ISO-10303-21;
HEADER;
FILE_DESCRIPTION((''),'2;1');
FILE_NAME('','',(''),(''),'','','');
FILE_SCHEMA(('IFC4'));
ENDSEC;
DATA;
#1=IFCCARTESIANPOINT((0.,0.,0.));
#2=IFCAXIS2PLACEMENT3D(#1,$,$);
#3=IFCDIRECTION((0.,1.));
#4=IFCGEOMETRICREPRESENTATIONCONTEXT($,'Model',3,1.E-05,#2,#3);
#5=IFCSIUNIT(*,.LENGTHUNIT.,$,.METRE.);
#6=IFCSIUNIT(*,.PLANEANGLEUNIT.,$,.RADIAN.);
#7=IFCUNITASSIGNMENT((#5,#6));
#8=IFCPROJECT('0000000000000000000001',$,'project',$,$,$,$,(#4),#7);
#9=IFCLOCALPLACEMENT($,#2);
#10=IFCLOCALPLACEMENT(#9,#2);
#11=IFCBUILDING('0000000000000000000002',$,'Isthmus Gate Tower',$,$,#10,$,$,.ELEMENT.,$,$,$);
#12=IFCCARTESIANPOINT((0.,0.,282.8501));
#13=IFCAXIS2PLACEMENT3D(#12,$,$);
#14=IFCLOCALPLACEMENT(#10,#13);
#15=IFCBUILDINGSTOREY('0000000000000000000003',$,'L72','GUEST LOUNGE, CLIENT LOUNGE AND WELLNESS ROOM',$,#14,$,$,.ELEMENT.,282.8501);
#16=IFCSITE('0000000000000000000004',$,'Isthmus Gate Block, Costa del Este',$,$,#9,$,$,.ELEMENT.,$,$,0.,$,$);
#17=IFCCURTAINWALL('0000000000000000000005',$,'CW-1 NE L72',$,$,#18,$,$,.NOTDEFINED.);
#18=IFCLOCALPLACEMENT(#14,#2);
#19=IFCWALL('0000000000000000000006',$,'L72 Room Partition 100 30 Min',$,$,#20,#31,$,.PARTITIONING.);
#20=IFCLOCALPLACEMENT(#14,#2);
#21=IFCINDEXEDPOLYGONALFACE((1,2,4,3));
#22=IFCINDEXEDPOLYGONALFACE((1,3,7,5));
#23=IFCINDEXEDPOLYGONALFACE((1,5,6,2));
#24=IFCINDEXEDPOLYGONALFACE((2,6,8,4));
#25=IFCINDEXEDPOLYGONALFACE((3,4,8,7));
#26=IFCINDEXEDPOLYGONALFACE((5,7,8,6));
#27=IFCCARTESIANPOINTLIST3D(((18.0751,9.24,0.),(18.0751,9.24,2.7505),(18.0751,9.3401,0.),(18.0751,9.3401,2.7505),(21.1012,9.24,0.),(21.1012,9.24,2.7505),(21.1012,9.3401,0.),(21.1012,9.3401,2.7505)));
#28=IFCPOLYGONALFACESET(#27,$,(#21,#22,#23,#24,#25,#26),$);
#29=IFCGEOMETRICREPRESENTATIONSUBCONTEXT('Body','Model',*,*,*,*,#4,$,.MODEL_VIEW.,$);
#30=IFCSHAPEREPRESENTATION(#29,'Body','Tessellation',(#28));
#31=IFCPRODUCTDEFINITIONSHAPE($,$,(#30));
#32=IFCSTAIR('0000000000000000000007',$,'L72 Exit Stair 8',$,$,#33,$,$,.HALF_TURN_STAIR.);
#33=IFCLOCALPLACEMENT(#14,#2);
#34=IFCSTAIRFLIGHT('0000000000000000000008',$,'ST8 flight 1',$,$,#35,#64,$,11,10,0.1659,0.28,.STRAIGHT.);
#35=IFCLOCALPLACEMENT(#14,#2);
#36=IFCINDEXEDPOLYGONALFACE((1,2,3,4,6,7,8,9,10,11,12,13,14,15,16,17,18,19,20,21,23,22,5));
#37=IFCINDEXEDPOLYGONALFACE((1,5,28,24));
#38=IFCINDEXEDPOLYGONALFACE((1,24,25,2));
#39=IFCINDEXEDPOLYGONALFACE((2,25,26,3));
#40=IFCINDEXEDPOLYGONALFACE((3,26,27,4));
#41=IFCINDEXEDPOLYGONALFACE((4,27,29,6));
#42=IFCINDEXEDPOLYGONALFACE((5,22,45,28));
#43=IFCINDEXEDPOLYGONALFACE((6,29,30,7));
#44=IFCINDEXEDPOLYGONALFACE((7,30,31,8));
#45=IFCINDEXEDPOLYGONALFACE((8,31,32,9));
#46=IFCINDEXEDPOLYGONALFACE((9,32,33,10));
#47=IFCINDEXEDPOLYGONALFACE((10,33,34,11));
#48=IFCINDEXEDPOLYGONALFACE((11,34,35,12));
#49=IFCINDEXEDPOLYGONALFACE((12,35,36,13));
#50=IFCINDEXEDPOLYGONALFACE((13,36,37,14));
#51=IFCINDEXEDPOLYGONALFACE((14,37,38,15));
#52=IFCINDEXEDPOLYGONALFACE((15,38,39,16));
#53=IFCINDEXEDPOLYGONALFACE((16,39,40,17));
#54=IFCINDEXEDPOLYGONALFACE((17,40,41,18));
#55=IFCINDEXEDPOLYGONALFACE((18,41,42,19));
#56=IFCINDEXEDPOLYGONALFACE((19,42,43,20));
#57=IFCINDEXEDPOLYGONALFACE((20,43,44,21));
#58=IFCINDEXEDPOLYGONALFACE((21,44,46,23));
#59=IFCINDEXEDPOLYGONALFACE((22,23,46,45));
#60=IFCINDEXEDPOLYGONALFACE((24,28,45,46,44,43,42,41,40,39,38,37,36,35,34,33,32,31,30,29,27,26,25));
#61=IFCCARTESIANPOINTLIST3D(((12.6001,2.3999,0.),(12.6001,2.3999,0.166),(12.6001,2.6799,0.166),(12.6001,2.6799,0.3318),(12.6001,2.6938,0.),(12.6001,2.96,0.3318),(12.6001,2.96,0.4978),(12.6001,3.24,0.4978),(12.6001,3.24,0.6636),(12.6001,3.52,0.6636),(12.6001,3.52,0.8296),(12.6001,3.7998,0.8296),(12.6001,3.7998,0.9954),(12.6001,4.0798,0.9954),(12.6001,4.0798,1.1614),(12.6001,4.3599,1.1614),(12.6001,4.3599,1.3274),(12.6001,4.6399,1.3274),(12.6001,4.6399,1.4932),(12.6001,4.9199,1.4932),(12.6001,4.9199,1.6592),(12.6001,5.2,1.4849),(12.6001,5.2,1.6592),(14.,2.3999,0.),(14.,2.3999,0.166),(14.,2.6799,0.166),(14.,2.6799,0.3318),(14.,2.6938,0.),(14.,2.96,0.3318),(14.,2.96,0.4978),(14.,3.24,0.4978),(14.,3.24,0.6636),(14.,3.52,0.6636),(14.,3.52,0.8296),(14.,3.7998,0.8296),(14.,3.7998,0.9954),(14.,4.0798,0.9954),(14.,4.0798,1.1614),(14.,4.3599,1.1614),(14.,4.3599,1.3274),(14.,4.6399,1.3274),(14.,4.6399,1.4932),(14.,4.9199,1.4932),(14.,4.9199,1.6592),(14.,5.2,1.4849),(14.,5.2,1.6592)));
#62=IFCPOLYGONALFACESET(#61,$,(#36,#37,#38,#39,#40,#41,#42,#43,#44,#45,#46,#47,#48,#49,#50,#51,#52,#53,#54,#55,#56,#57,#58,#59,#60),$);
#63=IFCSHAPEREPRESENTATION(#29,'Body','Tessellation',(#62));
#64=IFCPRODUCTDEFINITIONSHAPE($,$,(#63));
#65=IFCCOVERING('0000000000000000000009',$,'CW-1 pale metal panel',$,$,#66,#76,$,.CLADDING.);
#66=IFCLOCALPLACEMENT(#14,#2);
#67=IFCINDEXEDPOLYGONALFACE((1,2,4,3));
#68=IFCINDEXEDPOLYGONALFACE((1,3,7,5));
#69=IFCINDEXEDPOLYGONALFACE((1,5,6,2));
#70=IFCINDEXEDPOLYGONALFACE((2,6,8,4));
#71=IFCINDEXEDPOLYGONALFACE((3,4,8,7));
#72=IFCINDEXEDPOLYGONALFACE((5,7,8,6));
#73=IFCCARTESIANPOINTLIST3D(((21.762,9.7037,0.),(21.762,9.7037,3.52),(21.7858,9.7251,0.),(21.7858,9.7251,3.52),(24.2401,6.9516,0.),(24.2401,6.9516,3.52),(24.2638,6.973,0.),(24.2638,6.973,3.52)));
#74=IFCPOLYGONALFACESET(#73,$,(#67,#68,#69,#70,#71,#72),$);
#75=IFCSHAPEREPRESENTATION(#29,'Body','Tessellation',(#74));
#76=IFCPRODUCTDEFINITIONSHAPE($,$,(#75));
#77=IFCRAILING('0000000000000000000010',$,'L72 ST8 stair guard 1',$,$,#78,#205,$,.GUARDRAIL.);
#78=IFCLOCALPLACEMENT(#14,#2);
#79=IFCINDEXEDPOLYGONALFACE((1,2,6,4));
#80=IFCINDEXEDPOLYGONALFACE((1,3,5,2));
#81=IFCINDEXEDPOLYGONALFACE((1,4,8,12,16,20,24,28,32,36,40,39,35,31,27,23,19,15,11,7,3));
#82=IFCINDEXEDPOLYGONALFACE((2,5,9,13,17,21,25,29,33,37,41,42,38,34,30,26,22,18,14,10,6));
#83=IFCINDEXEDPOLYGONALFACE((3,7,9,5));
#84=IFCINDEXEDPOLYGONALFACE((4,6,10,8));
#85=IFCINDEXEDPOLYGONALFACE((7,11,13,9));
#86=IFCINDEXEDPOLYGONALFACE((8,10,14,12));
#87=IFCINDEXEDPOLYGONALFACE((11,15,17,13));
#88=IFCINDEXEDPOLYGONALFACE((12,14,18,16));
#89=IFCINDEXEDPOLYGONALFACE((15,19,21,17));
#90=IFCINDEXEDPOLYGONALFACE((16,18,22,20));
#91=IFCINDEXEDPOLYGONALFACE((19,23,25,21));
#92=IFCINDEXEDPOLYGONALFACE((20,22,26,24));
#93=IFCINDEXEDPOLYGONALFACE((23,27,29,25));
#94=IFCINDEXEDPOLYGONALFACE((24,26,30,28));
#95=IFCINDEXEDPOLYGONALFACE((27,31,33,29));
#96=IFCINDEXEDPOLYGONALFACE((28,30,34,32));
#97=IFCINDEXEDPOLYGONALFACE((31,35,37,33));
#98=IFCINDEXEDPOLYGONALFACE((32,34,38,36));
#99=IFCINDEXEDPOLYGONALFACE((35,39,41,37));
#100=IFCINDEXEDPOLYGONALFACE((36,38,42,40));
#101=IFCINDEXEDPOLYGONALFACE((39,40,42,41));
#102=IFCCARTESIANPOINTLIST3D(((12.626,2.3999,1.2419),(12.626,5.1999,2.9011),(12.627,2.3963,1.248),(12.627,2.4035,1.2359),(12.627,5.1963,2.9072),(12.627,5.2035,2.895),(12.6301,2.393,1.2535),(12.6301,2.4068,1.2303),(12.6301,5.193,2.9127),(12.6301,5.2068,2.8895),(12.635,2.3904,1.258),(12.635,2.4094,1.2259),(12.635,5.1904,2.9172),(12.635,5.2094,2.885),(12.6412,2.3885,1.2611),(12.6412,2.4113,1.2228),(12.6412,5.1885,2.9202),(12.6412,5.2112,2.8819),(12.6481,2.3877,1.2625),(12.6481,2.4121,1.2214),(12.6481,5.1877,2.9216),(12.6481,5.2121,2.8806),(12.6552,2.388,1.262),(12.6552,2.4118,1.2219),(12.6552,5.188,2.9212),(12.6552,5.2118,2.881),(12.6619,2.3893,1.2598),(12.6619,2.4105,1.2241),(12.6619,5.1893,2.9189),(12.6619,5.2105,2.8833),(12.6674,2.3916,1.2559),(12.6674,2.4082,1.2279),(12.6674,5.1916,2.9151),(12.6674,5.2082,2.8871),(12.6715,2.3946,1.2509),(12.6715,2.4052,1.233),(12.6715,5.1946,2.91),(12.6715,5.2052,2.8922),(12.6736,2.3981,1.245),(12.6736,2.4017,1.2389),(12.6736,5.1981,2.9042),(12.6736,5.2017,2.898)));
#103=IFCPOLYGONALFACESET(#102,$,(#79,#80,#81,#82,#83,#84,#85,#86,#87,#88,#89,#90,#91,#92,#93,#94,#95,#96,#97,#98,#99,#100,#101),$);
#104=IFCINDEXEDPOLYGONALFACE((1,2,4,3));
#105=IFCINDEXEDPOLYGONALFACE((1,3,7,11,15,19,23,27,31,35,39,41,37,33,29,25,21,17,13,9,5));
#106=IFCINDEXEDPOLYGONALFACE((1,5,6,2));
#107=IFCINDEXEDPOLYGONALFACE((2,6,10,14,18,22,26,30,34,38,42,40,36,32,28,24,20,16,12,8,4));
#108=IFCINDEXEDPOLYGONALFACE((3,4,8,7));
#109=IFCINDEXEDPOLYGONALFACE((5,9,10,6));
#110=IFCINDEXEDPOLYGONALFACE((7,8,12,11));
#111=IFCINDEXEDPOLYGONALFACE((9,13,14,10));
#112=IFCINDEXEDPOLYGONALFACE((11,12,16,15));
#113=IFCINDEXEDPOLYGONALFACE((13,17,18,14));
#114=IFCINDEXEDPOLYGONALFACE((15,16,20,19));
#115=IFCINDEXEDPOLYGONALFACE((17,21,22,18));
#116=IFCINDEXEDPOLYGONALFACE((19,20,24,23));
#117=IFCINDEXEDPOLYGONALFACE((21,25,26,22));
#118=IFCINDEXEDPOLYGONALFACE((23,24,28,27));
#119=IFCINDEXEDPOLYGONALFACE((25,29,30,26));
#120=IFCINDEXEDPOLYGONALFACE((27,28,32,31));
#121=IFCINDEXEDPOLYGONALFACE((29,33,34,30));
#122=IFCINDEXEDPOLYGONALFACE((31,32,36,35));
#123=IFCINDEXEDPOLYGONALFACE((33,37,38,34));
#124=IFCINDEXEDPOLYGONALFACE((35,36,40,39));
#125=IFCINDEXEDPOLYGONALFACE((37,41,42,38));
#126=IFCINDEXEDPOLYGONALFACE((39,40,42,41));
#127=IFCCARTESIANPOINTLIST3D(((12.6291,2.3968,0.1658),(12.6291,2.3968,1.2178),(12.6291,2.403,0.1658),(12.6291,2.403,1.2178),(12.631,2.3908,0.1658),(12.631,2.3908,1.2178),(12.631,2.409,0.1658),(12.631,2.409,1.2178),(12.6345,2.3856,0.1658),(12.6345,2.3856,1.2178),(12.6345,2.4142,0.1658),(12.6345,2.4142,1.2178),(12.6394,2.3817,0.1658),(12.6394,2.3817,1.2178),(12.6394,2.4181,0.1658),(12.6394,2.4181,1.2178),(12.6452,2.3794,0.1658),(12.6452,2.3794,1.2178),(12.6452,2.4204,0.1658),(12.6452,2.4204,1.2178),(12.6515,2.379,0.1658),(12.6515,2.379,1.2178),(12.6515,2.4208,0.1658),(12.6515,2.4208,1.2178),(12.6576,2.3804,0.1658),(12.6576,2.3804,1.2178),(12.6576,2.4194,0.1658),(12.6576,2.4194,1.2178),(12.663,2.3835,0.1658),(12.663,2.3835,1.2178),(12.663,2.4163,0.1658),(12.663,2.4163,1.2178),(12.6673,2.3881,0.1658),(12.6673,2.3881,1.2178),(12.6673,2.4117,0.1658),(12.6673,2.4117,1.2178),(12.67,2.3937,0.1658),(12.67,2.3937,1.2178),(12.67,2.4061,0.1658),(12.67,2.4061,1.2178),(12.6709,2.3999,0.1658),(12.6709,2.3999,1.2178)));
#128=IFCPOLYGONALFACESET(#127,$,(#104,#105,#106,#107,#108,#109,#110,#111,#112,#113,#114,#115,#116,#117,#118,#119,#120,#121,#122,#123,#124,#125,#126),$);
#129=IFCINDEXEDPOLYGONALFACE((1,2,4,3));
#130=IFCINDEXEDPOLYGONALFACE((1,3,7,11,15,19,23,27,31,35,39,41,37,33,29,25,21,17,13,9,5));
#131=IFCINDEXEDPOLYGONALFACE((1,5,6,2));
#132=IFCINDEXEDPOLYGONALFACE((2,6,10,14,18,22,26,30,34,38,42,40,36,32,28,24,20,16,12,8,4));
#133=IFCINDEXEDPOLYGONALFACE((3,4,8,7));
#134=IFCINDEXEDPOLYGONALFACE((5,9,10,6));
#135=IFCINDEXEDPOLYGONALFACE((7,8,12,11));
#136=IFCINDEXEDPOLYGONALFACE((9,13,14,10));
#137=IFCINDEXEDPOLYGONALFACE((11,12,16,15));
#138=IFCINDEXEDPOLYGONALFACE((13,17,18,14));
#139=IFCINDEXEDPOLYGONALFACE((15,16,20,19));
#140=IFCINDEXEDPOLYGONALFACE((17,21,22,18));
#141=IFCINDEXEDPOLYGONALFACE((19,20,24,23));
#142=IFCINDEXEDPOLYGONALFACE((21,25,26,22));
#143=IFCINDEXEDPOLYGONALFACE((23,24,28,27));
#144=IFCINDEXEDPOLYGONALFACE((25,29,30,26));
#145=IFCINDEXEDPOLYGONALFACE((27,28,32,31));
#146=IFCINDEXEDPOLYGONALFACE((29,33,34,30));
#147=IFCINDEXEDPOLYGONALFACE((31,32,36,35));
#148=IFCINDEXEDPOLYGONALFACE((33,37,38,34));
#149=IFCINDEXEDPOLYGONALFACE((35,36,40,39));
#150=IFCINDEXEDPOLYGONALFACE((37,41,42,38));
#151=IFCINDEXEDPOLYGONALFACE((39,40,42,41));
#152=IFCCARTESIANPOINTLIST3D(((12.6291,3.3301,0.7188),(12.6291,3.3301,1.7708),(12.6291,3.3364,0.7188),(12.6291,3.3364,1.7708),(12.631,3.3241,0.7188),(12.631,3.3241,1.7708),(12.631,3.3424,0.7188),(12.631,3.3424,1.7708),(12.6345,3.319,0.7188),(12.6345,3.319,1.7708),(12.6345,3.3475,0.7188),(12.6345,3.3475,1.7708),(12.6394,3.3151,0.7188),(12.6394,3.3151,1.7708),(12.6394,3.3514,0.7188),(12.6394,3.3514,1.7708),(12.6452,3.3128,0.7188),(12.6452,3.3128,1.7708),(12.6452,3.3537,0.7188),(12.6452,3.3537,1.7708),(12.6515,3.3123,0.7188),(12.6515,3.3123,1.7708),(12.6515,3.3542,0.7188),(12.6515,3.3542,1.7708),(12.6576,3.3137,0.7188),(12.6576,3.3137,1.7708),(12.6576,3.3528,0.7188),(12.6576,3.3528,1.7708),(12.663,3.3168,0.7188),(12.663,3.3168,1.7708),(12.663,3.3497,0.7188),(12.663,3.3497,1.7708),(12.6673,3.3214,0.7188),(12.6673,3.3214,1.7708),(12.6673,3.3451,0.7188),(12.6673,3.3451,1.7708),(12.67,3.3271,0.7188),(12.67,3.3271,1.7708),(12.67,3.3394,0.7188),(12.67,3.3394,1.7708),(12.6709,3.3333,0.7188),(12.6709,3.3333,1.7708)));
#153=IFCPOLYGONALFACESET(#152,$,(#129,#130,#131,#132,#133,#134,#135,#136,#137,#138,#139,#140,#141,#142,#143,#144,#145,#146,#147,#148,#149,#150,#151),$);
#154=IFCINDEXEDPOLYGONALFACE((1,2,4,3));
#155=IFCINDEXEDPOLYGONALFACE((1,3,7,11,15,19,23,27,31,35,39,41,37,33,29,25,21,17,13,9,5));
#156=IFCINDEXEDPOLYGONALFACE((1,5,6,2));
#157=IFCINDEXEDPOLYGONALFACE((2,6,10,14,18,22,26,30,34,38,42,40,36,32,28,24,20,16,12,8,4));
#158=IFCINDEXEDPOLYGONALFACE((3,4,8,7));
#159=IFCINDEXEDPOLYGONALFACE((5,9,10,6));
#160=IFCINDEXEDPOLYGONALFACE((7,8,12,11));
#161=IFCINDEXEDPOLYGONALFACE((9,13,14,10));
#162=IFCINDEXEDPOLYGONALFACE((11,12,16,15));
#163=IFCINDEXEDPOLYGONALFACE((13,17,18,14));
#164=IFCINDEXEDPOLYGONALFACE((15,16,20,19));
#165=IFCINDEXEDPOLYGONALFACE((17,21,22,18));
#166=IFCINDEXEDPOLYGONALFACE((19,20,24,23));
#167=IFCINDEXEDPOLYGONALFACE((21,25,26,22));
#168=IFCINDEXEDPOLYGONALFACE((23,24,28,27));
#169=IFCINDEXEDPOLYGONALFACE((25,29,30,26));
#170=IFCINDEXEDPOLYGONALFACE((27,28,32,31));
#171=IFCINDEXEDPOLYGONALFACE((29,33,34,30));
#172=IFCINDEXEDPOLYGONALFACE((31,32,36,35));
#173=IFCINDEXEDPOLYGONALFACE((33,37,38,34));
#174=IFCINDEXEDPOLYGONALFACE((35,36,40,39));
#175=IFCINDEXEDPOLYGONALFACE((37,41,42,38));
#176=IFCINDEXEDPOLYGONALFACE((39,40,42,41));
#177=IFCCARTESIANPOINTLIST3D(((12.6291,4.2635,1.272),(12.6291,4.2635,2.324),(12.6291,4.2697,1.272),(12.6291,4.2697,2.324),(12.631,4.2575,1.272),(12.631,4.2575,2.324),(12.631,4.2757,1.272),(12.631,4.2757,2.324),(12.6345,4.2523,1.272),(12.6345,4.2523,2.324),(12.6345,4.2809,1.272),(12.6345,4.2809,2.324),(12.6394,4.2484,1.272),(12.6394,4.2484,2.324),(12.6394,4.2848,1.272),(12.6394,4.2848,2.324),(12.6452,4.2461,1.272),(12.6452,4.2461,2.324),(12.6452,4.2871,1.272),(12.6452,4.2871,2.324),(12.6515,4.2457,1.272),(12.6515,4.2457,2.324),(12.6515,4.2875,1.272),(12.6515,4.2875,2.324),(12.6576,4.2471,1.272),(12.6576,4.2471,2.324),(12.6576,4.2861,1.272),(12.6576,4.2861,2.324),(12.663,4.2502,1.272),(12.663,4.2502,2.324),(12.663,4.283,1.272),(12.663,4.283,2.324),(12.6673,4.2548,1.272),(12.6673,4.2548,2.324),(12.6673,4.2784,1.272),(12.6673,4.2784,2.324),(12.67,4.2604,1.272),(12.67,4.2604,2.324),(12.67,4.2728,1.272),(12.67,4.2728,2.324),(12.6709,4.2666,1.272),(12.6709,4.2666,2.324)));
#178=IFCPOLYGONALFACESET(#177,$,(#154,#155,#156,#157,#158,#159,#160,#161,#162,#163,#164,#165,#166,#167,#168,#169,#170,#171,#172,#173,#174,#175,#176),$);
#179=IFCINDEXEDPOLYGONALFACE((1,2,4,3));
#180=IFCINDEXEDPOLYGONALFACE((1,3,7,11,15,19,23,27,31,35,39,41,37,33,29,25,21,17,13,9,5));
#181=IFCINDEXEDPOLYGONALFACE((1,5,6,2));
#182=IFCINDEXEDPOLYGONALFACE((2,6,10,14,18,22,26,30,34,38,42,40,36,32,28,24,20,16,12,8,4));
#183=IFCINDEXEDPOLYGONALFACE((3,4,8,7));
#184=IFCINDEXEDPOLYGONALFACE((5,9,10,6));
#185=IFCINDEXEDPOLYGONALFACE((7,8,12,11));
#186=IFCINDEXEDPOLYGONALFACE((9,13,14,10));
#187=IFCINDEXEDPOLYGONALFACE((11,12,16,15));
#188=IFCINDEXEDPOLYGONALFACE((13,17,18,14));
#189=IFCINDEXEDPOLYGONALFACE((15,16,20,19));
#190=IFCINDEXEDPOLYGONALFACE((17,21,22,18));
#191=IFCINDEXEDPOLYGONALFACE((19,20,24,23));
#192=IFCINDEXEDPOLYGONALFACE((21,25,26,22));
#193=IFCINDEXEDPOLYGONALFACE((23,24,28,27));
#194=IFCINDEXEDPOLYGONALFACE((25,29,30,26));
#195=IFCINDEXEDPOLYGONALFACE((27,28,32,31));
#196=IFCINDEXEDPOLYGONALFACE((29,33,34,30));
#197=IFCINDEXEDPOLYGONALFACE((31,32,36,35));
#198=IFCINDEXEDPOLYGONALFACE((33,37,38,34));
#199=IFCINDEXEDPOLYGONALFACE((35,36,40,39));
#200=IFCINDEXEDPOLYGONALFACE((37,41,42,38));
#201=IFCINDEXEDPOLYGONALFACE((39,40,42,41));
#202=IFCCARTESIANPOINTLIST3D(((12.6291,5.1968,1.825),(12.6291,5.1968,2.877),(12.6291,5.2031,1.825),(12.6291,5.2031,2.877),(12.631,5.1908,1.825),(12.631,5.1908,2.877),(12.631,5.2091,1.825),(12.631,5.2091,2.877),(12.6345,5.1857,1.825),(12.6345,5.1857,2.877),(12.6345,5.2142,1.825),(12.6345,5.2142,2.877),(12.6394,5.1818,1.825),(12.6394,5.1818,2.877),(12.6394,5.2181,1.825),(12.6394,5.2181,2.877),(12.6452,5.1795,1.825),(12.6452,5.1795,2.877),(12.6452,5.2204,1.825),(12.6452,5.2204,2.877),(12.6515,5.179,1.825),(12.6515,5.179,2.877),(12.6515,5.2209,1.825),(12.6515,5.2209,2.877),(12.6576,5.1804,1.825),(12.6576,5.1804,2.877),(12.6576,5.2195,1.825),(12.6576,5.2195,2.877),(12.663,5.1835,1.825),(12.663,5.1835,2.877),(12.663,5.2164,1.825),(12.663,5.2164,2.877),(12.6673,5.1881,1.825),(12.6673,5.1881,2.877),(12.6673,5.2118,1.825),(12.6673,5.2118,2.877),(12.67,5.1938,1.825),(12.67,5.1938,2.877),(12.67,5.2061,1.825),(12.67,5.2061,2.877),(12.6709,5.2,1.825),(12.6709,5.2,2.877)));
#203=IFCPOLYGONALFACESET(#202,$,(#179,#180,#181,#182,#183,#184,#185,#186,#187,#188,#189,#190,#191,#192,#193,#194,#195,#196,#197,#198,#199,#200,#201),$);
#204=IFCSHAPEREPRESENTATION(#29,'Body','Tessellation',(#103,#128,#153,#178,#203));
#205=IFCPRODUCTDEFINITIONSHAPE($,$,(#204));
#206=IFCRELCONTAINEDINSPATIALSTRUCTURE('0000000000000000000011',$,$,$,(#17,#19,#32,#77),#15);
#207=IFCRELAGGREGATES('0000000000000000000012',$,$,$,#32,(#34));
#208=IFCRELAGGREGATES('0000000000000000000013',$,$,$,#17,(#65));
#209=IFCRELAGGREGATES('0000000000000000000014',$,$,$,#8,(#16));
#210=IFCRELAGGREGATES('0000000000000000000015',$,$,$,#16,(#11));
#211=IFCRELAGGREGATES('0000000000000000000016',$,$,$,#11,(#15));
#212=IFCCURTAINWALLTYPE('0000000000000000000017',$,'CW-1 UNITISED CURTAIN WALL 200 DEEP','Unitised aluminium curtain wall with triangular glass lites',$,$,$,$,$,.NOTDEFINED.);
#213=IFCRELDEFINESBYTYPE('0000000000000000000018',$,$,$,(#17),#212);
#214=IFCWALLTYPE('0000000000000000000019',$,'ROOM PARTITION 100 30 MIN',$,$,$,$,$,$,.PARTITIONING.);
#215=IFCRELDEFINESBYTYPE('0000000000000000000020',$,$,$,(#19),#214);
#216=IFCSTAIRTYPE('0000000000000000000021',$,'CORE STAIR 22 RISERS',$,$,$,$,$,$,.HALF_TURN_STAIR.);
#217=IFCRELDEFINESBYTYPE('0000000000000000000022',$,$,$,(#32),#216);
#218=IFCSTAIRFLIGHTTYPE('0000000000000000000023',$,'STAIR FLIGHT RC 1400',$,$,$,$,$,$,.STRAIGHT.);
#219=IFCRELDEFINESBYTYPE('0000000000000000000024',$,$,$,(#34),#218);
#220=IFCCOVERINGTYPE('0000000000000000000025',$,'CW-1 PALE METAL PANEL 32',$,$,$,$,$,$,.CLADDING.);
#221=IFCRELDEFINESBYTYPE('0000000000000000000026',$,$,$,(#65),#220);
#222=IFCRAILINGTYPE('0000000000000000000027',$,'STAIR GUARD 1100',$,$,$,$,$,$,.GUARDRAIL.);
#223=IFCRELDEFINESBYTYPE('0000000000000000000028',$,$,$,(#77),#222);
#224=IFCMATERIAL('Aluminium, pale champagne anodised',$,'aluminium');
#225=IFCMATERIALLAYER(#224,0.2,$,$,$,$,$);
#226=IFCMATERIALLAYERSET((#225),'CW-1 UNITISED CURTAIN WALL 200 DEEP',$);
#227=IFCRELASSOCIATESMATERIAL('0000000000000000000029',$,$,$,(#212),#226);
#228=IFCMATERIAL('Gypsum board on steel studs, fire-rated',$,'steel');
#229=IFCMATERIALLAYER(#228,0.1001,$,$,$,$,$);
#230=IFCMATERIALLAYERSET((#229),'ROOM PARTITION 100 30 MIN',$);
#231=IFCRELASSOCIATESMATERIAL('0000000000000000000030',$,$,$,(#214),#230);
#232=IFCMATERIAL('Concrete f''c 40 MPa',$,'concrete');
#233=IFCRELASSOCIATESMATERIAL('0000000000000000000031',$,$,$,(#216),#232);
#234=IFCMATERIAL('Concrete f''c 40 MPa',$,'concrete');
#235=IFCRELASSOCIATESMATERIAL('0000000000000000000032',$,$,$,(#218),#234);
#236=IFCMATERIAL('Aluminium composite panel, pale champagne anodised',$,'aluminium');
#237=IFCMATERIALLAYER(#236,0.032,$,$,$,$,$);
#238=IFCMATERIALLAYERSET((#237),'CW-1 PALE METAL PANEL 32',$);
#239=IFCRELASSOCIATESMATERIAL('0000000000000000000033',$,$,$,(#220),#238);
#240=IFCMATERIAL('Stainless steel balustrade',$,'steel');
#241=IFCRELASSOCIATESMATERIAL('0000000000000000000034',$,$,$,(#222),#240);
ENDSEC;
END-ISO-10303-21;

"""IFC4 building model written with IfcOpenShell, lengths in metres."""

from ifc_helpers import new_model, si_unit, direction, frame, frame_2d, origin, origin_2d, place, context, subcontext, project, spatial, polyline, rectangle, circle, outline, extrude, material, layer, layer_set, type_object, element, aggregate, save


model = new_model("IFC4")

# Units and contexts
model_context = context("Model", 3, precision=1e-05, world=origin(), true_north=direction((0.0, 1.0)))
body_context = subcontext(model_context, "Body", "Model", "MODEL_VIEW")
ifc_project = project(units=[si_unit("LENGTHUNIT", "METRE"), si_unit("PLANEANGLEUNIT", "RADIAN")], contexts=[model_context])

# Site, building, storey
site_placement = place(None, origin())
site = spatial("IfcSite", under=ifc_project, at=site_placement, Name="Isthmus Gate Block, Costa del Este", CompositionType="ELEMENT", RefElevation=0.0)
building_placement = place(site_placement, origin())
building = spatial("IfcBuilding", under=site, at=building_placement, Name="Isthmus Gate Tower", CompositionType="ELEMENT")
storey_placement = place(building_placement, frame((0.0, 0.0, 282.8501)))
storey = spatial("IfcBuildingStorey", under=building, at=storey_placement, Name="L72", Description="GUEST LOUNGE, CLIENT LOUNGE AND WELLNESS ROOM", CompositionType="ELEMENT", Elevation=282.8501)

# Curtain wall
ifc_material_1 = material(Name="Aluminium, pale champagne anodised", Category="aluminium")
ifc_layer_1 = layer(ifc_material_1, 0.2)
ifc_layer_set_1 = layer_set([ifc_layer_1], Name="CW-1 UNITISED CURTAIN WALL 200 DEEP")
curtain_wall_type = type_object("IfcCurtainWallType", Name="CW-1 UNITISED CURTAIN WALL 200 DEEP", Description="Unitised aluminium curtain wall with triangular glass lites", PredefinedType="NOTDEFINED", material=ifc_layer_set_1)
curtain_wall_1_placement = place(storey_placement, origin())
curtain_wall_1 = element("IfcCurtainWall", 1, at=curtain_wall_1_placement, inside=storey, type_object=curtain_wall_type, Name="CW-1 NE L72", PredefinedType="NOTDEFINED")

# Wall
ifc_material_2 = material(Name="Gypsum board on steel studs, fire-rated", Category="steel")
ifc_layer_2 = layer(ifc_material_2, 0.1001)
ifc_layer_set_2 = layer_set([ifc_layer_2], Name="ROOM PARTITION 100 30 MIN")
wall_type_1 = type_object("IfcWallType", Name="ROOM PARTITION 100 30 MIN", PredefinedType="PARTITIONING", material=ifc_layer_set_2)
wall_1_placement = place(storey_placement, frame((18.075, 9.29, 0.0), z_axis=(0.0, 0.0, 1.0), x_axis=(1.0, 0.0, 0.0)))
element("IfcWall", 2, at=wall_1_placement, inside=storey, type_object=wall_type_1, Name="L72 Room Partition 100 30 Min", PredefinedType="PARTITIONING", context=body_context, shape_type="SweptSolid", body=[
    extrude(rectangle(XDim=3.0261, YDim=0.1001, at=frame_2d((1.5132, 0.0))), origin(), (0.0, 0.0, 1.0), 2.7505),
])

# Stair, stair flight
ifc_material_3 = material(Name="Concrete f'c 40 MPa", Category="concrete")
stair_type = type_object("IfcStairType", Name="CORE STAIR 22 RISERS", PredefinedType="HALF_TURN_STAIR", material=ifc_material_3)
stair_placement = place(storey_placement, origin())
stair = element("IfcStair", 3, at=stair_placement, inside=storey, type_object=stair_type, Name="L72 Exit Stair 8", PredefinedType="HALF_TURN_STAIR")
ifc_material_4 = material(Name="Concrete f'c 40 MPa", Category="concrete")
stair_flight_type = type_object("IfcStairFlightType", Name="STAIR FLIGHT RC 1400", PredefinedType="STRAIGHT", material=ifc_material_4)
stair_flight_placement = place(storey_placement, frame((13.3, 2.3999, 0.0), z_axis=(0.0, 0.0, 1.0), x_axis=(0.0, 1.0, 0.0)))
stair_flight = element("IfcStairFlight", 4, at=stair_flight_placement, type_object=stair_flight_type, Name="ST8 flight 1", NumberOfRisers=11, NumberOfTreads=10, PredefinedType="STRAIGHT", RiserHeight=0.1659, TreadLength=0.28, context=body_context, shape_type="SweptSolid", body=[
    extrude(outline(polyline([(0.0, 0.0), (0.0, 0.166), (0.28, 0.166), (0.28, 0.3318), (0.5601, 0.3318), (0.5601, 0.4978), (0.8401, 0.4978), (0.8401, 0.6636), (1.1201, 0.6636), (1.1201, 0.8296), (1.3999, 0.8296), (1.3999, 0.9954), (1.6799, 0.9954), (1.6799, 1.1614), (1.96, 1.1614), (1.96, 1.3274), (2.24, 1.3274), (2.24, 1.4932), (2.52, 1.4932), (2.52, 1.6592), (2.8, 1.6592), (2.8, 1.825), (2.8, 1.4849), (0.2939, 0.0), (0.0, 0.0)])), frame((0.0, 0.7, 0.0), z_axis=(0.0, -1.0, 0.0), x_axis=(1.0, 0.0, 0.0)), (0.0, 0.0, 1.0), 1.3999),
])
aggregate(stair, [stair_flight])

# Covering
ifc_material_5 = material(Name="Aluminium composite panel, pale champagne anodised", Category="aluminium")
ifc_layer_3 = layer(ifc_material_5, 0.032)
ifc_layer_set_3 = layer_set([ifc_layer_3], Name="CW-1 PALE METAL PANEL 32")
covering_type = type_object("IfcCoveringType", Name="CW-1 PALE METAL PANEL 32", PredefinedType="CLADDING", material=ifc_layer_set_3)
covering_placement = place(storey_placement, frame((23.0129, 8.3384, 0.0), z_axis=(0.0, 0.0, 1.0), x_axis=(-0.669131, 0.743145, 0.0)))
covering = element("IfcCovering", 5, at=covering_placement, type_object=covering_type, Name="CW-1 pale metal panel", PredefinedType="CLADDING", context=body_context, shape_type="SweptSolid", body=[
    extrude(rectangle(XDim=3.7034, YDim=0.032, at=origin_2d()), origin(), (0.0, 0.0, 1.0), 3.52),
])
aggregate(curtain_wall_1, [covering])

# Railing
ifc_material_6 = material(Name="Stainless steel balustrade", Category="steel")
railing_type_1 = type_object("IfcRailingType", Name="STAIR GUARD 1100", PredefinedType="GUARDRAIL", material=ifc_material_6)
railing_1_placement = place(storey_placement, frame((12.6499, 2.3999, 0.1658)))
element("IfcRailing", 6, at=railing_1_placement, inside=storey, type_object=railing_type_1, Name="L72 ST8 stair guard 1", PredefinedType="GUARDRAIL", context=body_context, shape_type="SweptSolid", body=[
    extrude(circle(Radius=0.0239, at=origin_2d()), frame((0.0, 0.0, 1.0762), z_axis=(0.0, 0.860306, 0.509778), x_axis=(-1.0, 0.0, 0.0)), (0.0, 0.0, 1.0), 3.2546),
    extrude(circle(Radius=0.021, at=origin_2d()), origin(), (0.0, 0.0, 1.0), 1.052),
    extrude(circle(Radius=0.021, at=origin_2d()), frame((0.0, 0.9333, 0.553)), (0.0, 0.0, 1.0), 1.052),
    extrude(circle(Radius=0.021, at=origin_2d()), frame((0.0, 1.8667, 1.1062)), (0.0, 0.0, 1.0), 1.052),
    extrude(circle(Radius=0.021, at=origin_2d()), frame((0.0, 2.8, 1.6592)), (0.0, 0.0, 1.0), 1.052),
])

save(model, "model.ifc")
